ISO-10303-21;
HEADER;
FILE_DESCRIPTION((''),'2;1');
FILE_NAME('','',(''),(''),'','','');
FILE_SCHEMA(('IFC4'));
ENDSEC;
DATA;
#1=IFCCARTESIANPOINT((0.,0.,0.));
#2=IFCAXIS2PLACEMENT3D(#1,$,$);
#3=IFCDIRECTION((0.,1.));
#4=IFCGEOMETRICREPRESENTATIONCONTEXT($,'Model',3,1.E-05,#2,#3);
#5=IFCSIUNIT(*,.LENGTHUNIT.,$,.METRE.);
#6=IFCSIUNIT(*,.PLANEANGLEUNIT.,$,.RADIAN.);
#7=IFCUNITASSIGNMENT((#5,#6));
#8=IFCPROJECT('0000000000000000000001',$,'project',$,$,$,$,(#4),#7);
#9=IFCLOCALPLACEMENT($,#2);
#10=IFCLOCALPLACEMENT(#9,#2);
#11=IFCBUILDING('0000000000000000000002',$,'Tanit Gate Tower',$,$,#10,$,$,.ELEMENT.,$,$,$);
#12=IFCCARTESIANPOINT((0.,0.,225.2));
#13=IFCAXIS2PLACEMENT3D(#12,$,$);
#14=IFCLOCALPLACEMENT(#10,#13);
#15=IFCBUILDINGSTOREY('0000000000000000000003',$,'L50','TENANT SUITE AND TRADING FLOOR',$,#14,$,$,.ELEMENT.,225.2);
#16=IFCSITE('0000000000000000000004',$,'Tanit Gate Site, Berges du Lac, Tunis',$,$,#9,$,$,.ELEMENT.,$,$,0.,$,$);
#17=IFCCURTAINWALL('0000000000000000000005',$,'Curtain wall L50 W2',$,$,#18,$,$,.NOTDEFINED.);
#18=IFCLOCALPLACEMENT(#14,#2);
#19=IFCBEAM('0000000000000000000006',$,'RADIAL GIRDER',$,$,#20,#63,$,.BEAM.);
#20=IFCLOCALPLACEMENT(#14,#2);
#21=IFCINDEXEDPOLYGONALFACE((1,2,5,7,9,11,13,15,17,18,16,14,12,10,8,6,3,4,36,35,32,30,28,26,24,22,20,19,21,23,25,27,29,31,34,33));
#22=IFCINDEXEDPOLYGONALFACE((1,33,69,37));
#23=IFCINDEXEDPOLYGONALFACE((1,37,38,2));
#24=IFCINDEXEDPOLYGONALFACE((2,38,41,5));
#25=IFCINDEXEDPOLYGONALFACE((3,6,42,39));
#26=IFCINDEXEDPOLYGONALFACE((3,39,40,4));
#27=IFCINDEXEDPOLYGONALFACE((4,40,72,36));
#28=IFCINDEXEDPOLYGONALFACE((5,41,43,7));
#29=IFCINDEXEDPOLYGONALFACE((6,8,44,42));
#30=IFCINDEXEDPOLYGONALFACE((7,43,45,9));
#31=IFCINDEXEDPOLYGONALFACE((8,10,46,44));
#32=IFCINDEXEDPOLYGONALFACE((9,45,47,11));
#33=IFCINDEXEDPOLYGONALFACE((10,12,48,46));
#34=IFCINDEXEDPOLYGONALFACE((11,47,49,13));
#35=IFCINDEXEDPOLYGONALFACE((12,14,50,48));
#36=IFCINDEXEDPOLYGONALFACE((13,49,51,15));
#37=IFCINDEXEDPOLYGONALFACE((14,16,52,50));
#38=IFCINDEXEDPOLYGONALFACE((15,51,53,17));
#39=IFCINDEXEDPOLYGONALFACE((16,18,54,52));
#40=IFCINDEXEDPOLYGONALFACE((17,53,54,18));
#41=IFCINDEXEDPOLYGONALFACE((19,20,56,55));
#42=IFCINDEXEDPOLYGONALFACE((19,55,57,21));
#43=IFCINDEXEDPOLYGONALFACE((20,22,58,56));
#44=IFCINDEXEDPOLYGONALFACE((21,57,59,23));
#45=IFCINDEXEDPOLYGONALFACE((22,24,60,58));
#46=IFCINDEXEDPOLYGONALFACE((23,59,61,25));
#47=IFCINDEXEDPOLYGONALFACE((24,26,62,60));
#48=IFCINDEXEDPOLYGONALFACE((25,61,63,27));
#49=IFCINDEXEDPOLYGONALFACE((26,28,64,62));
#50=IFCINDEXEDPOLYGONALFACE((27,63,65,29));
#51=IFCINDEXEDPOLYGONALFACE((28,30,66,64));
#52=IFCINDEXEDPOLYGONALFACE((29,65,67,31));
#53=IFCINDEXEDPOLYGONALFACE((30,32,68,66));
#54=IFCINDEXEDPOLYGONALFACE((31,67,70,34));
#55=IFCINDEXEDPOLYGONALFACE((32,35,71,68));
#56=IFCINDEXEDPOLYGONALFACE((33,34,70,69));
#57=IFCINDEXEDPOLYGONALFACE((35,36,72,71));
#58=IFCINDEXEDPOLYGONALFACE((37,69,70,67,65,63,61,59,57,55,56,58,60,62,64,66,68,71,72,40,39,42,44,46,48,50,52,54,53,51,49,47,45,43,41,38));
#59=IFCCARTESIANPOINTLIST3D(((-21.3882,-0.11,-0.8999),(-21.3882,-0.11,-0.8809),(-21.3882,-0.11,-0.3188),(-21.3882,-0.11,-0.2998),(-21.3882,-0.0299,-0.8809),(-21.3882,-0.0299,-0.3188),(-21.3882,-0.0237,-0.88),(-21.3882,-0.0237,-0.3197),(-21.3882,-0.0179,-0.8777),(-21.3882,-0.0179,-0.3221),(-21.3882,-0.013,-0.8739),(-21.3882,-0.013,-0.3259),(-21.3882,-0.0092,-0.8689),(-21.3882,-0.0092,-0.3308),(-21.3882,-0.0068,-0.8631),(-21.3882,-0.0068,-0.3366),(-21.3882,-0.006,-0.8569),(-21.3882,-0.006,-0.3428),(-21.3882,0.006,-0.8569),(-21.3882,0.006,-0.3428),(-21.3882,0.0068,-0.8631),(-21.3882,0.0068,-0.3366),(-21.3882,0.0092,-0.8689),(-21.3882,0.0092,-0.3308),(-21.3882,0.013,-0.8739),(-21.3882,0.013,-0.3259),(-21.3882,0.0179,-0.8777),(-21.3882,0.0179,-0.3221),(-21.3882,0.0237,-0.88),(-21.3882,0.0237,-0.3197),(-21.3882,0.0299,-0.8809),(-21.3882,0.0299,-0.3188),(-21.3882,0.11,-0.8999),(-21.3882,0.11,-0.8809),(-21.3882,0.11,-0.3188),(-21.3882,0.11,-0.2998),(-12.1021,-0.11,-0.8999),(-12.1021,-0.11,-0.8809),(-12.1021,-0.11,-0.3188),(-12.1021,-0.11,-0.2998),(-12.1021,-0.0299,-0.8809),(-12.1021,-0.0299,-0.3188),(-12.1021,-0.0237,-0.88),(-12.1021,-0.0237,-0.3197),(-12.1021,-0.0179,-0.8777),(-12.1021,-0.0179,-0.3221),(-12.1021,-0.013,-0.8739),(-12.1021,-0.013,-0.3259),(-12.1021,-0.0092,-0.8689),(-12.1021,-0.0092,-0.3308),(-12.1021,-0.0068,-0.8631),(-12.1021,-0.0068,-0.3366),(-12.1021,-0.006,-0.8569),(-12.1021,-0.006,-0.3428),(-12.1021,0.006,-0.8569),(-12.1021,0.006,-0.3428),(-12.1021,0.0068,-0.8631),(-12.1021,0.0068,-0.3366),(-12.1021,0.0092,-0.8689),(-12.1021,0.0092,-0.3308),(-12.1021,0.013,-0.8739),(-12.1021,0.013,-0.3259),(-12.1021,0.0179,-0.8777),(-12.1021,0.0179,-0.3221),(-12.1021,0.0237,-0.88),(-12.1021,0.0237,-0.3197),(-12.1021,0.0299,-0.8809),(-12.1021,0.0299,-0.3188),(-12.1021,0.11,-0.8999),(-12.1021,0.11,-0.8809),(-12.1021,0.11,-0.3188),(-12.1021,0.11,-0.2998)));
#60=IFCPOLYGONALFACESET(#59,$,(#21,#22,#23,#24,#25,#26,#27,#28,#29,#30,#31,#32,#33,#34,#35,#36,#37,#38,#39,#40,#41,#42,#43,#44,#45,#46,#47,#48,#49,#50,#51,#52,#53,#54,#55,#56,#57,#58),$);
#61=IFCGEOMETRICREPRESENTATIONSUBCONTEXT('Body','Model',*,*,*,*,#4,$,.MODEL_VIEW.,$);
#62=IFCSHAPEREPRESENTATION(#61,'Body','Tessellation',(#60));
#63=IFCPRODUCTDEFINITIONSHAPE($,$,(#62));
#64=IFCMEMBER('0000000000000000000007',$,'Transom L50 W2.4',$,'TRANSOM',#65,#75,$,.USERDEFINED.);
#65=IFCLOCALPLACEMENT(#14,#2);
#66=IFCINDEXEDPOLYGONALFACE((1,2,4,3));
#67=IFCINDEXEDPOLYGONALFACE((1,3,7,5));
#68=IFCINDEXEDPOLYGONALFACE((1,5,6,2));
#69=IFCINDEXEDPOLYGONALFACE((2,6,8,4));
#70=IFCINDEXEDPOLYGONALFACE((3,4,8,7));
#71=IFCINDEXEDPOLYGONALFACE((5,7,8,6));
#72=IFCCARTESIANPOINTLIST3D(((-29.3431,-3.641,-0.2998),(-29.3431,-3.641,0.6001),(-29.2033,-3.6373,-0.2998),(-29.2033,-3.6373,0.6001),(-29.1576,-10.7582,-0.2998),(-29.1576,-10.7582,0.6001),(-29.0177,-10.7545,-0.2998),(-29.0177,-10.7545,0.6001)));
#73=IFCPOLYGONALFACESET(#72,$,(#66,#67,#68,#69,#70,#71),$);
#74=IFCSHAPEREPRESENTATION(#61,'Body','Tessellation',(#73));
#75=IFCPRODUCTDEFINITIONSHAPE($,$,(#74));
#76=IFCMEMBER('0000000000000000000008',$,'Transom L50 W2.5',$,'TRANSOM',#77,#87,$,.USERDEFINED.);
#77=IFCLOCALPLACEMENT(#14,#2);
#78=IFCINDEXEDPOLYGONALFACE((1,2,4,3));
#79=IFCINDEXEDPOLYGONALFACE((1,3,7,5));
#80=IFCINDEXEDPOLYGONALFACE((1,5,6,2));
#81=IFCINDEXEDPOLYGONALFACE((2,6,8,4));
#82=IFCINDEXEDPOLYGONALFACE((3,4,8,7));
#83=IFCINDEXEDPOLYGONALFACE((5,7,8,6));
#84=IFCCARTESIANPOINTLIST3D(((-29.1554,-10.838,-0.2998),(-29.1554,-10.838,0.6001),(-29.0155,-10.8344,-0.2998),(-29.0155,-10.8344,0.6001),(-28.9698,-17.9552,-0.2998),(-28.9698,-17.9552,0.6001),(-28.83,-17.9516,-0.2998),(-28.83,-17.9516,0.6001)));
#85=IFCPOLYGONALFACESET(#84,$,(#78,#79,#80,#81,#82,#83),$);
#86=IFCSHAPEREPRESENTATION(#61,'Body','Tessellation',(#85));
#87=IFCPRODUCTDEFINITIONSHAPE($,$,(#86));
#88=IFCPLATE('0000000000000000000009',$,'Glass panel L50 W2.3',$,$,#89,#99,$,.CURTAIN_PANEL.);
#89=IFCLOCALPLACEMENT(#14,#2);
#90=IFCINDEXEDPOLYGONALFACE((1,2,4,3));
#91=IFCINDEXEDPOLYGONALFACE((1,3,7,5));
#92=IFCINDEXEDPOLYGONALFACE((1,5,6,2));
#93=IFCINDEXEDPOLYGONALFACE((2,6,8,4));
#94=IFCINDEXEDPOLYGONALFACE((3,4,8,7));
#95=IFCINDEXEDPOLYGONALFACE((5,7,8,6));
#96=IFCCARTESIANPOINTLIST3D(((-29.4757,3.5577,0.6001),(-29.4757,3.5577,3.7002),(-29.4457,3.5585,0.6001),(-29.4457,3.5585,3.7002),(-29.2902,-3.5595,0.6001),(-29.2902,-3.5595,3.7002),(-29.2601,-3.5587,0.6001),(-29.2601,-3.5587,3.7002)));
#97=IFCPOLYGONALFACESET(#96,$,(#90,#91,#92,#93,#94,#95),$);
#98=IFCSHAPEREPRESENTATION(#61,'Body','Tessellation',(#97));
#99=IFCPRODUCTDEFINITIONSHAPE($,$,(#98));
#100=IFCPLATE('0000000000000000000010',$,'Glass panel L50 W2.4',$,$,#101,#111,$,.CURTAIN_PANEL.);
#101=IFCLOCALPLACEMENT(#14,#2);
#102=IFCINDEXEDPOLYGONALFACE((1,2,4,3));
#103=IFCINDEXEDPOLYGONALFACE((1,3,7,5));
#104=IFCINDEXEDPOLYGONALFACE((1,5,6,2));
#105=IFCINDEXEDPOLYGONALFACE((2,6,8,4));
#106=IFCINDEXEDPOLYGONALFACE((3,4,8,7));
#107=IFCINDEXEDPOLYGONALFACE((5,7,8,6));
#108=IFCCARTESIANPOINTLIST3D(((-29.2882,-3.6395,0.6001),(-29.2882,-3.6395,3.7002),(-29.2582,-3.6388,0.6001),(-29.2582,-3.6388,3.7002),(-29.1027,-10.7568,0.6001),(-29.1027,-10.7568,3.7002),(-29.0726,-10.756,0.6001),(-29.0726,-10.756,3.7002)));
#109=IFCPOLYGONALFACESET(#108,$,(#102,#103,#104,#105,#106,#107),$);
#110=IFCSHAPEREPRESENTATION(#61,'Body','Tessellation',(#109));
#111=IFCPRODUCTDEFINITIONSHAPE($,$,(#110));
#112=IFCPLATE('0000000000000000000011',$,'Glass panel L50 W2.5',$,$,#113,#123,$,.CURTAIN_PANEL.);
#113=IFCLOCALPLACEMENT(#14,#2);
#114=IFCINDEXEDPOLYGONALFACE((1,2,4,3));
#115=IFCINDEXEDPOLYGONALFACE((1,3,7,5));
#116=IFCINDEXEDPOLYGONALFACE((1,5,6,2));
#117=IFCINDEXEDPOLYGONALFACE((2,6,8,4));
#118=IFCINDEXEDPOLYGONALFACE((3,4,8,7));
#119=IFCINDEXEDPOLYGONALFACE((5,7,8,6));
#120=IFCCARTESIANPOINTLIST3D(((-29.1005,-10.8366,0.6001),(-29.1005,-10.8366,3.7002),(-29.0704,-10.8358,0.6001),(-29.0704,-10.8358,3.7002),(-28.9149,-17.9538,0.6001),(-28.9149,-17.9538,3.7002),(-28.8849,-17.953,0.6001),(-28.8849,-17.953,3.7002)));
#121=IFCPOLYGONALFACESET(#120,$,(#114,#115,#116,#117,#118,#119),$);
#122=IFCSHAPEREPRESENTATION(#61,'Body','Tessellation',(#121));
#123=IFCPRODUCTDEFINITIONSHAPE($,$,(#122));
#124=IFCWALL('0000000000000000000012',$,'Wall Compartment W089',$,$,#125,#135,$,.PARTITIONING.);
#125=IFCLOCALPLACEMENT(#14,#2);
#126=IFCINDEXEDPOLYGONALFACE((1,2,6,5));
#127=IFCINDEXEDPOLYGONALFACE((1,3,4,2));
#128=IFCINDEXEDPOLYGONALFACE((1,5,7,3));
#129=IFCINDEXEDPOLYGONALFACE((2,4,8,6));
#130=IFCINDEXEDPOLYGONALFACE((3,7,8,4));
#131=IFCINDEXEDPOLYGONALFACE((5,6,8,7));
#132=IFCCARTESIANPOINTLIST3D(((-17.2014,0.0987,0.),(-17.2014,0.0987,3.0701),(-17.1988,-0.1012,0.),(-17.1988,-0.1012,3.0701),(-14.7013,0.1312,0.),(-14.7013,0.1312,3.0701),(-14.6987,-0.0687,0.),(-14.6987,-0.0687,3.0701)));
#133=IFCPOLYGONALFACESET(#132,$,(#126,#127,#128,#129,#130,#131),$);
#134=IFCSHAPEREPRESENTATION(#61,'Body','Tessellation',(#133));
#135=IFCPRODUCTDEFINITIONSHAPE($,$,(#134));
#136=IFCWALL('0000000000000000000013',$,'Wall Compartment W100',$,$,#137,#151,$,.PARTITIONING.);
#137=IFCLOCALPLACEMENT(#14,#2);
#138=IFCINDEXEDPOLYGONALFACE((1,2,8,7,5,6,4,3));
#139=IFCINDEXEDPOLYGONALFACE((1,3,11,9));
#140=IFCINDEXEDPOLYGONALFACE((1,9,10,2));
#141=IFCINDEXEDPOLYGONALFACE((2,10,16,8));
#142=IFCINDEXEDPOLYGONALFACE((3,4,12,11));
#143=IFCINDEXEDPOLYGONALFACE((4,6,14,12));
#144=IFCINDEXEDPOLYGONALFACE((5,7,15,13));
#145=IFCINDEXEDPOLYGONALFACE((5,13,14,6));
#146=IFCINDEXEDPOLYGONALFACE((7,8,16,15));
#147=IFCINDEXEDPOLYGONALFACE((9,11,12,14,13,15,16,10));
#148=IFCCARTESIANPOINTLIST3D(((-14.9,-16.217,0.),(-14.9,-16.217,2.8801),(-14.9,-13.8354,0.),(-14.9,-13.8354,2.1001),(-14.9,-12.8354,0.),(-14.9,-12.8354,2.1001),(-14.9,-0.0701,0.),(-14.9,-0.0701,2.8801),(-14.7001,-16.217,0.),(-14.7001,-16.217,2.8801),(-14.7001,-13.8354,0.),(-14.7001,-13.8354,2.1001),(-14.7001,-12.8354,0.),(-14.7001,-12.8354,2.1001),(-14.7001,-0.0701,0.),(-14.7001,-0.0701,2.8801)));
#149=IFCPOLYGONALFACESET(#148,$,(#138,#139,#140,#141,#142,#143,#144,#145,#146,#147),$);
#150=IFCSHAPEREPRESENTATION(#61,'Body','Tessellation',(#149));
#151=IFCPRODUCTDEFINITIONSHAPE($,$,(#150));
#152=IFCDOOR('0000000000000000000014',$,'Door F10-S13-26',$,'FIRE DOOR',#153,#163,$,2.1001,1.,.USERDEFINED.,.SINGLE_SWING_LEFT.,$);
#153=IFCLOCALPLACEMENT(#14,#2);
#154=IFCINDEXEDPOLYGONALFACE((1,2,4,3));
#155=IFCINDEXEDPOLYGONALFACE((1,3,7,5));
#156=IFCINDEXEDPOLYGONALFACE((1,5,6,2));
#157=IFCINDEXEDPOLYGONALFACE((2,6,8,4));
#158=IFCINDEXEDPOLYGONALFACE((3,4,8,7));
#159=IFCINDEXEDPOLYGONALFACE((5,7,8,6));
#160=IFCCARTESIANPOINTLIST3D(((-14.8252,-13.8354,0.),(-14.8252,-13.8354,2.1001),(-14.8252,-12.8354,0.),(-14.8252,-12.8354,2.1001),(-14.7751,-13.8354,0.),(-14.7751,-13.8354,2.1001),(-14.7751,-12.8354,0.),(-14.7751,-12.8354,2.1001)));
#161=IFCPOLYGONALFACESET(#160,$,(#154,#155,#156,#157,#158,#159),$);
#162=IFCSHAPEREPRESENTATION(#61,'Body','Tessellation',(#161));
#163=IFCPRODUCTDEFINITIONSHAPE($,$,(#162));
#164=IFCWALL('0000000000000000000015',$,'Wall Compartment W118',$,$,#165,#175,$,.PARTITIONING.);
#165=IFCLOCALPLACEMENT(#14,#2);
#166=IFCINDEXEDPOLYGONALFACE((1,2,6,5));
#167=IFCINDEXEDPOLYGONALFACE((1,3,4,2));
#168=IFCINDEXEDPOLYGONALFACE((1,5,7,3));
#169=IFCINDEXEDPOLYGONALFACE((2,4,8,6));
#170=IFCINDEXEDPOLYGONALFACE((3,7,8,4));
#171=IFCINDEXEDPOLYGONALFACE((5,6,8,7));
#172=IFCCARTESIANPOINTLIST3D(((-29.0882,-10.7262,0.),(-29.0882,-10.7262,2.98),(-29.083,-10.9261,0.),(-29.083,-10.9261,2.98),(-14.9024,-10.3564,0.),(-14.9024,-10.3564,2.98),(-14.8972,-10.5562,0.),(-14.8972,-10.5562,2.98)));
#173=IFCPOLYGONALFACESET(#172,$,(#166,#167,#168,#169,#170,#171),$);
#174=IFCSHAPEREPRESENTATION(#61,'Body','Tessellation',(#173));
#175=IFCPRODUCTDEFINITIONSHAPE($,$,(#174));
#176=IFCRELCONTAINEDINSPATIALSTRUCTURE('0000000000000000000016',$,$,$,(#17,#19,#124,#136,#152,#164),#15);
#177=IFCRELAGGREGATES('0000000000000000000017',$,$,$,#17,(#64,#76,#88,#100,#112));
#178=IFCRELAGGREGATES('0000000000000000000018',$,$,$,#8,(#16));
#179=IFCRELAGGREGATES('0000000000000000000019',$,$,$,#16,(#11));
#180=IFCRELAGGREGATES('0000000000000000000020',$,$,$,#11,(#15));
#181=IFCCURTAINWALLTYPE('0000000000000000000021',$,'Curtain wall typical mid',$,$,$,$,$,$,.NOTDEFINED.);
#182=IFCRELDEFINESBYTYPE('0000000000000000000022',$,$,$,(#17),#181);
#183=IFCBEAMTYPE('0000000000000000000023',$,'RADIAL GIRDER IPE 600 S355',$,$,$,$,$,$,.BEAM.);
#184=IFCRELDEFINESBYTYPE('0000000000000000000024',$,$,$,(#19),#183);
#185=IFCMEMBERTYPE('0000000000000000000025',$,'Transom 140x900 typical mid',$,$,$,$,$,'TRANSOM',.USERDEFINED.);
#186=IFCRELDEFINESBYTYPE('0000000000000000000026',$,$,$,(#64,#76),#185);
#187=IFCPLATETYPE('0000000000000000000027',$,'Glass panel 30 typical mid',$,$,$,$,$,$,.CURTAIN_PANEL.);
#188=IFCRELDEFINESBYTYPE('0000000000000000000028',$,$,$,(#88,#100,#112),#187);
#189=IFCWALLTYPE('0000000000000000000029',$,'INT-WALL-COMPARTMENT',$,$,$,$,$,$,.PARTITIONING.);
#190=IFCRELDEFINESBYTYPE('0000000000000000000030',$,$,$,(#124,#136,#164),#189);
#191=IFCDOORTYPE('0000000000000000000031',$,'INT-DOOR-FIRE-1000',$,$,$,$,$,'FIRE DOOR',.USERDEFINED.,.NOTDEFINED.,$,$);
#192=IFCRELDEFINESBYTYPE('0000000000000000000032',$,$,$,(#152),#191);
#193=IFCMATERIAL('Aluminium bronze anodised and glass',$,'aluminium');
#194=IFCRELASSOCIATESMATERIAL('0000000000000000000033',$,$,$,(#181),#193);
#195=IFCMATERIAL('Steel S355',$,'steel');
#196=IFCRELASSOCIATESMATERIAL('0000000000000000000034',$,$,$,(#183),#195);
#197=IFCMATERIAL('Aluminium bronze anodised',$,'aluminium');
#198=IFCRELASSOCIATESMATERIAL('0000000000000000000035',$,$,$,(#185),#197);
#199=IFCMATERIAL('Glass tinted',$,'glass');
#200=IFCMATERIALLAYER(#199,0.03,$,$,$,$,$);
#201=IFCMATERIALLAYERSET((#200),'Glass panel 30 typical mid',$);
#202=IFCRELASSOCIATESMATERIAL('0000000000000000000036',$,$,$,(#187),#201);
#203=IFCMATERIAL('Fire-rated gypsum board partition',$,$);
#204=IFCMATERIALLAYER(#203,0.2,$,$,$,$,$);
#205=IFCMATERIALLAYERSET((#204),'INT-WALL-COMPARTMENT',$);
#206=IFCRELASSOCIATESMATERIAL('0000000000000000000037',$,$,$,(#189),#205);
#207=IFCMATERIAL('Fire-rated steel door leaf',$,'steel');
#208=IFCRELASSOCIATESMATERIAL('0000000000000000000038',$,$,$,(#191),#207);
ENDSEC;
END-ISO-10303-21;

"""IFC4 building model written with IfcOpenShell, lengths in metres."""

from ifc_helpers import new_model, si_unit, direction, frame, frame_2d, origin, origin_2d, place, context, subcontext, project, spatial, rectangle, i_section, extrude, material, layer, layer_set, material_profile, profile_set, type_object, element, fill, aggregate, save


model = new_model("IFC4")

# Units and contexts
model_context = context("Model", 3, precision=1e-05, world=origin(), true_north=direction((0.0, 1.0)))
body_context = subcontext(model_context, "Body", "Model", "MODEL_VIEW")
ifc_project = project(units=[si_unit("LENGTHUNIT", "METRE"), si_unit("PLANEANGLEUNIT", "RADIAN")], contexts=[model_context])

# Site, building, storey
site_placement = place(None, origin())
site = spatial("IfcSite", under=ifc_project, at=site_placement, Name="Tanit Gate Site, Berges du Lac, Tunis", CompositionType="ELEMENT", RefElevation=0.0)
building_placement = place(site_placement, origin())
building = spatial("IfcBuilding", under=site, at=building_placement, Name="Tanit Gate Tower", CompositionType="ELEMENT")
storey_placement = place(building_placement, frame((0.0, 0.0, 225.2)))
storey = spatial("IfcBuildingStorey", under=building, at=storey_placement, Name="L50", Description="TENANT SUITE AND TRADING FLOOR", CompositionType="ELEMENT", Elevation=225.2)

# Curtain wall
ifc_material_1 = material(Name="Aluminium bronze anodised and glass", Category="aluminium")
curtain_wall_type = type_object("IfcCurtainWallType", Name="Curtain wall typical mid", PredefinedType="NOTDEFINED", material=ifc_material_1)
curtain_wall_placement = place(storey_placement, origin())
curtain_wall = element("IfcCurtainWall", 1, at=curtain_wall_placement, inside=storey, type_object=curtain_wall_type, Name="Curtain wall L50 W2", PredefinedType="NOTDEFINED")

# Beam
ifc_material_2 = material(Name="Steel S355", Category="steel")
ifc_material_profile_1 = material_profile(ifc_material_2, i_section(OverallWidth=0.22, OverallDepth=0.6001, WebThickness=0.012, FlangeThickness=0.019, FilletRadius=0.0239, at=origin_2d()), Name="IPE 600")
ifc_profile_set_1 = profile_set([ifc_material_profile_1], Name="Steel S355")
beam_type_1 = type_object("IfcBeamType", Name="RADIAL GIRDER IPE 600 S355", PredefinedType="BEAM", material=ifc_profile_set_1)
beam_1_placement = place(storey_placement, frame((-21.3882, 0.0, -0.5999), z_axis=(1.0, 0.0, 0.0), x_axis=(0.0, 1.0, 0.0)))
element("IfcBeam", 2, at=beam_1_placement, inside=storey, type_object=beam_type_1, Name="RADIAL GIRDER", PredefinedType="BEAM", context=body_context, shape_type="SweptSolid", body=[
    extrude(i_section(OverallWidth=0.22, OverallDepth=0.6001, WebThickness=0.012, FlangeThickness=0.019, FilletRadius=0.0239, at=origin_2d()), origin(), (0.0, 0.0, 1.0), 9.2861),
])

# Members
ifc_material_3 = material(Name="Aluminium bronze anodised", Category="aluminium")
ifc_material_profile_2 = material_profile(ifc_material_3, rectangle(XDim=0.1399, YDim=0.8999, at=origin_2d()), Name="140x900 bronze transom")
ifc_profile_set_2 = profile_set([ifc_material_profile_2], Name="Aluminium bronze anodised")
member_type_1 = type_object("IfcMemberType", Name="Transom 140x900 typical mid", ElementType="TRANSOM", PredefinedType="USERDEFINED", material=ifc_profile_set_2)
member_1_placement = place(storey_placement, frame((-29.2732, -3.6392, 0.1501), z_axis=(0.026061, -0.99966, 0.0), x_axis=(0.99966, 0.026061, 0.0)))
member_1 = element("IfcMember", 3, at=member_1_placement, type_object=member_type_1, Name="Transom L50 W2.4", ObjectType="TRANSOM", PredefinedType="USERDEFINED", context=body_context, shape_type="SweptSolid", body=[
    extrude(rectangle(XDim=0.1399, YDim=0.8999, at=origin_2d()), origin(), (0.0, 0.0, 1.0), 7.1196),
])
member_2_placement = place(storey_placement, frame((-29.0854, -10.8362, 0.1501), z_axis=(0.026061, -0.99966, 0.0), x_axis=(0.99966, 0.026061, 0.0)))
member_2 = element("IfcMember", 4, at=member_2_placement, type_object=member_type_1, Name="Transom L50 W2.5", ObjectType="TRANSOM", PredefinedType="USERDEFINED", context=body_context, shape_type="SweptSolid", body=[
    extrude(rectangle(XDim=0.1399, YDim=0.8999, at=origin_2d()), origin(), (0.0, 0.0, 1.0), 7.1196),
])

# Plates
ifc_material_4 = material(Name="Glass tinted", Category="glass")
ifc_layer_1 = layer(ifc_material_4, 0.03)
ifc_layer_set_1 = layer_set([ifc_layer_1], Name="Glass panel 30 typical mid")
plate_type = type_object("IfcPlateType", Name="Glass panel 30 typical mid", PredefinedType="CURTAIN_PANEL", material=ifc_layer_set_1)
plate_1_placement = place(storey_placement, frame((-29.3679, -0.0005, 0.6001), z_axis=(0.0, 0.0, 1.0), x_axis=(0.026063, -0.99966, 0.0)))
plate_1 = element("IfcPlate", 5, at=plate_1_placement, type_object=plate_type, Name="Glass panel L50 W2.3", PredefinedType="CURTAIN_PANEL", context=body_context, shape_type="SweptSolid", body=[
    extrude(rectangle(XDim=7.1196, YDim=0.03, at=origin_2d()), origin(), (0.0, 0.0, 1.0), 3.1001),
])
plate_2_placement = place(storey_placement, frame((-29.1804, -7.1978, 0.6001), z_axis=(0.0, 0.0, 1.0), x_axis=(0.026063, -0.99966, 0.0)))
plate_2 = element("IfcPlate", 6, at=plate_2_placement, type_object=plate_type, Name="Glass panel L50 W2.4", PredefinedType="CURTAIN_PANEL", context=body_context, shape_type="SweptSolid", body=[
    extrude(rectangle(XDim=7.1196, YDim=0.03, at=origin_2d()), origin(), (0.0, 0.0, 1.0), 3.1001),
])
plate_3_placement = place(storey_placement, frame((-28.9927, -14.3948, 0.6001), z_axis=(0.0, 0.0, 1.0), x_axis=(0.026063, -0.99966, 0.0)))
plate_3 = element("IfcPlate", 7, at=plate_3_placement, type_object=plate_type, Name="Glass panel L50 W2.5", PredefinedType="CURTAIN_PANEL", context=body_context, shape_type="SweptSolid", body=[
    extrude(rectangle(XDim=7.1196, YDim=0.03, at=origin_2d()), origin(), (0.0, 0.0, 1.0), 3.1001),
])
aggregate(curtain_wall, [member_1, member_2, plate_1, plate_2, plate_3])

# Wall
ifc_material_5 = material(Name="Fire-rated gypsum board partition")
ifc_layer_2 = layer(ifc_material_5, 0.2)
ifc_layer_set_2 = layer_set([ifc_layer_2], Name="INT-WALL-COMPARTMENT")
wall_type_1 = type_object("IfcWallType", Name="INT-WALL-COMPARTMENT", PredefinedType="PARTITIONING", material=ifc_layer_set_2)
wall_1_placement = place(storey_placement, frame((-17.2, -0.0012, 0.0), z_axis=(0.0, 0.0, 1.0), x_axis=(0.999916, 0.012987, 0.0)))
element("IfcWall", 8, at=wall_1_placement, inside=storey, type_object=wall_type_1, Name="Wall Compartment W089", PredefinedType="PARTITIONING", context=body_context, shape_type="SweptSolid", body=[
    extrude(rectangle(XDim=2.5002, YDim=0.2, at=frame_2d((1.25, 0.0))), origin(), (0.0, 0.0, 1.0), 3.0701),
])

# Wall, opening, door
wall_2_placement = place(storey_placement, frame((-14.8, -0.0701, 0.0), z_axis=(0.0, 0.0, 1.0), x_axis=(0.0, -1.0, 0.0)))
wall_2 = element("IfcWall", 9, at=wall_2_placement, inside=storey, type_object=wall_type_1, Name="Wall Compartment W100", PredefinedType="PARTITIONING", context=body_context, shape_type="SweptSolid", body=[
    extrude(rectangle(XDim=16.147, YDim=0.2, at=frame_2d((8.0735, 0.0))), origin(), (0.0, 0.0, 1.0), 2.8801),
])
opening_placement = place(wall_2_placement, frame((12.7654, 0.0, 0.0)))
opening = element("IfcOpeningElement", 10, at=opening_placement, cuts=wall_2, PredefinedType="OPENING", context=body_context, shape_type="SweptSolid", body=[
    extrude(rectangle(XDim=1.0, YDim=2.1001, at=frame_2d((0.5, 1.05))), frame((0.0, 0.1099, 0.0), z_axis=(0.0, -1.0, 0.0), x_axis=(1.0, 0.0, 0.0)), (0.0, 0.0, 1.0), 0.22),
])
ifc_material_6 = material(Name="Fire-rated steel door leaf", Category="steel")
door_type = type_object("IfcDoorType", Name="INT-DOOR-FIRE-1000", ElementType="FIRE DOOR", OperationType="NOTDEFINED", PredefinedType="USERDEFINED", material=ifc_material_6)
door_placement = place(opening_placement, origin())
door = element("IfcDoor", 11, at=door_placement, inside=storey, type_object=door_type, Name="Door F10-S13-26", ObjectType="FIRE DOOR", OperationType="SINGLE_SWING_LEFT", OverallHeight=2.1001, OverallWidth=1.0, PredefinedType="USERDEFINED", context=body_context, shape_type="SweptSolid", body=[
    extrude(rectangle(XDim=1.0, YDim=2.1001, at=frame_2d((0.5, 1.05))), frame((0.0, 0.0249, 0.0), z_axis=(0.0, -1.0, 0.0), x_axis=(1.0, 0.0, 0.0)), (0.0, 0.0, 1.0), 0.05),
])
fill(opening, door)

# Wall
wall_3_placement = place(storey_placement, frame((-14.8999, -10.4563, 0.0), z_axis=(0.0, 0.0, 1.0), x_axis=(-0.99966, -0.026065, 0.0)))
element("IfcWall", 12, at=wall_3_placement, inside=storey, type_object=wall_type_1, Name="Wall Compartment W118", PredefinedType="PARTITIONING", context=body_context, shape_type="SweptSolid", body=[
    extrude(rectangle(XDim=14.1907, YDim=0.2, at=frame_2d((7.0952, 0.0))), origin(), (0.0, 0.0, 1.0), 2.98),
])

save(model, "model.ifc")
